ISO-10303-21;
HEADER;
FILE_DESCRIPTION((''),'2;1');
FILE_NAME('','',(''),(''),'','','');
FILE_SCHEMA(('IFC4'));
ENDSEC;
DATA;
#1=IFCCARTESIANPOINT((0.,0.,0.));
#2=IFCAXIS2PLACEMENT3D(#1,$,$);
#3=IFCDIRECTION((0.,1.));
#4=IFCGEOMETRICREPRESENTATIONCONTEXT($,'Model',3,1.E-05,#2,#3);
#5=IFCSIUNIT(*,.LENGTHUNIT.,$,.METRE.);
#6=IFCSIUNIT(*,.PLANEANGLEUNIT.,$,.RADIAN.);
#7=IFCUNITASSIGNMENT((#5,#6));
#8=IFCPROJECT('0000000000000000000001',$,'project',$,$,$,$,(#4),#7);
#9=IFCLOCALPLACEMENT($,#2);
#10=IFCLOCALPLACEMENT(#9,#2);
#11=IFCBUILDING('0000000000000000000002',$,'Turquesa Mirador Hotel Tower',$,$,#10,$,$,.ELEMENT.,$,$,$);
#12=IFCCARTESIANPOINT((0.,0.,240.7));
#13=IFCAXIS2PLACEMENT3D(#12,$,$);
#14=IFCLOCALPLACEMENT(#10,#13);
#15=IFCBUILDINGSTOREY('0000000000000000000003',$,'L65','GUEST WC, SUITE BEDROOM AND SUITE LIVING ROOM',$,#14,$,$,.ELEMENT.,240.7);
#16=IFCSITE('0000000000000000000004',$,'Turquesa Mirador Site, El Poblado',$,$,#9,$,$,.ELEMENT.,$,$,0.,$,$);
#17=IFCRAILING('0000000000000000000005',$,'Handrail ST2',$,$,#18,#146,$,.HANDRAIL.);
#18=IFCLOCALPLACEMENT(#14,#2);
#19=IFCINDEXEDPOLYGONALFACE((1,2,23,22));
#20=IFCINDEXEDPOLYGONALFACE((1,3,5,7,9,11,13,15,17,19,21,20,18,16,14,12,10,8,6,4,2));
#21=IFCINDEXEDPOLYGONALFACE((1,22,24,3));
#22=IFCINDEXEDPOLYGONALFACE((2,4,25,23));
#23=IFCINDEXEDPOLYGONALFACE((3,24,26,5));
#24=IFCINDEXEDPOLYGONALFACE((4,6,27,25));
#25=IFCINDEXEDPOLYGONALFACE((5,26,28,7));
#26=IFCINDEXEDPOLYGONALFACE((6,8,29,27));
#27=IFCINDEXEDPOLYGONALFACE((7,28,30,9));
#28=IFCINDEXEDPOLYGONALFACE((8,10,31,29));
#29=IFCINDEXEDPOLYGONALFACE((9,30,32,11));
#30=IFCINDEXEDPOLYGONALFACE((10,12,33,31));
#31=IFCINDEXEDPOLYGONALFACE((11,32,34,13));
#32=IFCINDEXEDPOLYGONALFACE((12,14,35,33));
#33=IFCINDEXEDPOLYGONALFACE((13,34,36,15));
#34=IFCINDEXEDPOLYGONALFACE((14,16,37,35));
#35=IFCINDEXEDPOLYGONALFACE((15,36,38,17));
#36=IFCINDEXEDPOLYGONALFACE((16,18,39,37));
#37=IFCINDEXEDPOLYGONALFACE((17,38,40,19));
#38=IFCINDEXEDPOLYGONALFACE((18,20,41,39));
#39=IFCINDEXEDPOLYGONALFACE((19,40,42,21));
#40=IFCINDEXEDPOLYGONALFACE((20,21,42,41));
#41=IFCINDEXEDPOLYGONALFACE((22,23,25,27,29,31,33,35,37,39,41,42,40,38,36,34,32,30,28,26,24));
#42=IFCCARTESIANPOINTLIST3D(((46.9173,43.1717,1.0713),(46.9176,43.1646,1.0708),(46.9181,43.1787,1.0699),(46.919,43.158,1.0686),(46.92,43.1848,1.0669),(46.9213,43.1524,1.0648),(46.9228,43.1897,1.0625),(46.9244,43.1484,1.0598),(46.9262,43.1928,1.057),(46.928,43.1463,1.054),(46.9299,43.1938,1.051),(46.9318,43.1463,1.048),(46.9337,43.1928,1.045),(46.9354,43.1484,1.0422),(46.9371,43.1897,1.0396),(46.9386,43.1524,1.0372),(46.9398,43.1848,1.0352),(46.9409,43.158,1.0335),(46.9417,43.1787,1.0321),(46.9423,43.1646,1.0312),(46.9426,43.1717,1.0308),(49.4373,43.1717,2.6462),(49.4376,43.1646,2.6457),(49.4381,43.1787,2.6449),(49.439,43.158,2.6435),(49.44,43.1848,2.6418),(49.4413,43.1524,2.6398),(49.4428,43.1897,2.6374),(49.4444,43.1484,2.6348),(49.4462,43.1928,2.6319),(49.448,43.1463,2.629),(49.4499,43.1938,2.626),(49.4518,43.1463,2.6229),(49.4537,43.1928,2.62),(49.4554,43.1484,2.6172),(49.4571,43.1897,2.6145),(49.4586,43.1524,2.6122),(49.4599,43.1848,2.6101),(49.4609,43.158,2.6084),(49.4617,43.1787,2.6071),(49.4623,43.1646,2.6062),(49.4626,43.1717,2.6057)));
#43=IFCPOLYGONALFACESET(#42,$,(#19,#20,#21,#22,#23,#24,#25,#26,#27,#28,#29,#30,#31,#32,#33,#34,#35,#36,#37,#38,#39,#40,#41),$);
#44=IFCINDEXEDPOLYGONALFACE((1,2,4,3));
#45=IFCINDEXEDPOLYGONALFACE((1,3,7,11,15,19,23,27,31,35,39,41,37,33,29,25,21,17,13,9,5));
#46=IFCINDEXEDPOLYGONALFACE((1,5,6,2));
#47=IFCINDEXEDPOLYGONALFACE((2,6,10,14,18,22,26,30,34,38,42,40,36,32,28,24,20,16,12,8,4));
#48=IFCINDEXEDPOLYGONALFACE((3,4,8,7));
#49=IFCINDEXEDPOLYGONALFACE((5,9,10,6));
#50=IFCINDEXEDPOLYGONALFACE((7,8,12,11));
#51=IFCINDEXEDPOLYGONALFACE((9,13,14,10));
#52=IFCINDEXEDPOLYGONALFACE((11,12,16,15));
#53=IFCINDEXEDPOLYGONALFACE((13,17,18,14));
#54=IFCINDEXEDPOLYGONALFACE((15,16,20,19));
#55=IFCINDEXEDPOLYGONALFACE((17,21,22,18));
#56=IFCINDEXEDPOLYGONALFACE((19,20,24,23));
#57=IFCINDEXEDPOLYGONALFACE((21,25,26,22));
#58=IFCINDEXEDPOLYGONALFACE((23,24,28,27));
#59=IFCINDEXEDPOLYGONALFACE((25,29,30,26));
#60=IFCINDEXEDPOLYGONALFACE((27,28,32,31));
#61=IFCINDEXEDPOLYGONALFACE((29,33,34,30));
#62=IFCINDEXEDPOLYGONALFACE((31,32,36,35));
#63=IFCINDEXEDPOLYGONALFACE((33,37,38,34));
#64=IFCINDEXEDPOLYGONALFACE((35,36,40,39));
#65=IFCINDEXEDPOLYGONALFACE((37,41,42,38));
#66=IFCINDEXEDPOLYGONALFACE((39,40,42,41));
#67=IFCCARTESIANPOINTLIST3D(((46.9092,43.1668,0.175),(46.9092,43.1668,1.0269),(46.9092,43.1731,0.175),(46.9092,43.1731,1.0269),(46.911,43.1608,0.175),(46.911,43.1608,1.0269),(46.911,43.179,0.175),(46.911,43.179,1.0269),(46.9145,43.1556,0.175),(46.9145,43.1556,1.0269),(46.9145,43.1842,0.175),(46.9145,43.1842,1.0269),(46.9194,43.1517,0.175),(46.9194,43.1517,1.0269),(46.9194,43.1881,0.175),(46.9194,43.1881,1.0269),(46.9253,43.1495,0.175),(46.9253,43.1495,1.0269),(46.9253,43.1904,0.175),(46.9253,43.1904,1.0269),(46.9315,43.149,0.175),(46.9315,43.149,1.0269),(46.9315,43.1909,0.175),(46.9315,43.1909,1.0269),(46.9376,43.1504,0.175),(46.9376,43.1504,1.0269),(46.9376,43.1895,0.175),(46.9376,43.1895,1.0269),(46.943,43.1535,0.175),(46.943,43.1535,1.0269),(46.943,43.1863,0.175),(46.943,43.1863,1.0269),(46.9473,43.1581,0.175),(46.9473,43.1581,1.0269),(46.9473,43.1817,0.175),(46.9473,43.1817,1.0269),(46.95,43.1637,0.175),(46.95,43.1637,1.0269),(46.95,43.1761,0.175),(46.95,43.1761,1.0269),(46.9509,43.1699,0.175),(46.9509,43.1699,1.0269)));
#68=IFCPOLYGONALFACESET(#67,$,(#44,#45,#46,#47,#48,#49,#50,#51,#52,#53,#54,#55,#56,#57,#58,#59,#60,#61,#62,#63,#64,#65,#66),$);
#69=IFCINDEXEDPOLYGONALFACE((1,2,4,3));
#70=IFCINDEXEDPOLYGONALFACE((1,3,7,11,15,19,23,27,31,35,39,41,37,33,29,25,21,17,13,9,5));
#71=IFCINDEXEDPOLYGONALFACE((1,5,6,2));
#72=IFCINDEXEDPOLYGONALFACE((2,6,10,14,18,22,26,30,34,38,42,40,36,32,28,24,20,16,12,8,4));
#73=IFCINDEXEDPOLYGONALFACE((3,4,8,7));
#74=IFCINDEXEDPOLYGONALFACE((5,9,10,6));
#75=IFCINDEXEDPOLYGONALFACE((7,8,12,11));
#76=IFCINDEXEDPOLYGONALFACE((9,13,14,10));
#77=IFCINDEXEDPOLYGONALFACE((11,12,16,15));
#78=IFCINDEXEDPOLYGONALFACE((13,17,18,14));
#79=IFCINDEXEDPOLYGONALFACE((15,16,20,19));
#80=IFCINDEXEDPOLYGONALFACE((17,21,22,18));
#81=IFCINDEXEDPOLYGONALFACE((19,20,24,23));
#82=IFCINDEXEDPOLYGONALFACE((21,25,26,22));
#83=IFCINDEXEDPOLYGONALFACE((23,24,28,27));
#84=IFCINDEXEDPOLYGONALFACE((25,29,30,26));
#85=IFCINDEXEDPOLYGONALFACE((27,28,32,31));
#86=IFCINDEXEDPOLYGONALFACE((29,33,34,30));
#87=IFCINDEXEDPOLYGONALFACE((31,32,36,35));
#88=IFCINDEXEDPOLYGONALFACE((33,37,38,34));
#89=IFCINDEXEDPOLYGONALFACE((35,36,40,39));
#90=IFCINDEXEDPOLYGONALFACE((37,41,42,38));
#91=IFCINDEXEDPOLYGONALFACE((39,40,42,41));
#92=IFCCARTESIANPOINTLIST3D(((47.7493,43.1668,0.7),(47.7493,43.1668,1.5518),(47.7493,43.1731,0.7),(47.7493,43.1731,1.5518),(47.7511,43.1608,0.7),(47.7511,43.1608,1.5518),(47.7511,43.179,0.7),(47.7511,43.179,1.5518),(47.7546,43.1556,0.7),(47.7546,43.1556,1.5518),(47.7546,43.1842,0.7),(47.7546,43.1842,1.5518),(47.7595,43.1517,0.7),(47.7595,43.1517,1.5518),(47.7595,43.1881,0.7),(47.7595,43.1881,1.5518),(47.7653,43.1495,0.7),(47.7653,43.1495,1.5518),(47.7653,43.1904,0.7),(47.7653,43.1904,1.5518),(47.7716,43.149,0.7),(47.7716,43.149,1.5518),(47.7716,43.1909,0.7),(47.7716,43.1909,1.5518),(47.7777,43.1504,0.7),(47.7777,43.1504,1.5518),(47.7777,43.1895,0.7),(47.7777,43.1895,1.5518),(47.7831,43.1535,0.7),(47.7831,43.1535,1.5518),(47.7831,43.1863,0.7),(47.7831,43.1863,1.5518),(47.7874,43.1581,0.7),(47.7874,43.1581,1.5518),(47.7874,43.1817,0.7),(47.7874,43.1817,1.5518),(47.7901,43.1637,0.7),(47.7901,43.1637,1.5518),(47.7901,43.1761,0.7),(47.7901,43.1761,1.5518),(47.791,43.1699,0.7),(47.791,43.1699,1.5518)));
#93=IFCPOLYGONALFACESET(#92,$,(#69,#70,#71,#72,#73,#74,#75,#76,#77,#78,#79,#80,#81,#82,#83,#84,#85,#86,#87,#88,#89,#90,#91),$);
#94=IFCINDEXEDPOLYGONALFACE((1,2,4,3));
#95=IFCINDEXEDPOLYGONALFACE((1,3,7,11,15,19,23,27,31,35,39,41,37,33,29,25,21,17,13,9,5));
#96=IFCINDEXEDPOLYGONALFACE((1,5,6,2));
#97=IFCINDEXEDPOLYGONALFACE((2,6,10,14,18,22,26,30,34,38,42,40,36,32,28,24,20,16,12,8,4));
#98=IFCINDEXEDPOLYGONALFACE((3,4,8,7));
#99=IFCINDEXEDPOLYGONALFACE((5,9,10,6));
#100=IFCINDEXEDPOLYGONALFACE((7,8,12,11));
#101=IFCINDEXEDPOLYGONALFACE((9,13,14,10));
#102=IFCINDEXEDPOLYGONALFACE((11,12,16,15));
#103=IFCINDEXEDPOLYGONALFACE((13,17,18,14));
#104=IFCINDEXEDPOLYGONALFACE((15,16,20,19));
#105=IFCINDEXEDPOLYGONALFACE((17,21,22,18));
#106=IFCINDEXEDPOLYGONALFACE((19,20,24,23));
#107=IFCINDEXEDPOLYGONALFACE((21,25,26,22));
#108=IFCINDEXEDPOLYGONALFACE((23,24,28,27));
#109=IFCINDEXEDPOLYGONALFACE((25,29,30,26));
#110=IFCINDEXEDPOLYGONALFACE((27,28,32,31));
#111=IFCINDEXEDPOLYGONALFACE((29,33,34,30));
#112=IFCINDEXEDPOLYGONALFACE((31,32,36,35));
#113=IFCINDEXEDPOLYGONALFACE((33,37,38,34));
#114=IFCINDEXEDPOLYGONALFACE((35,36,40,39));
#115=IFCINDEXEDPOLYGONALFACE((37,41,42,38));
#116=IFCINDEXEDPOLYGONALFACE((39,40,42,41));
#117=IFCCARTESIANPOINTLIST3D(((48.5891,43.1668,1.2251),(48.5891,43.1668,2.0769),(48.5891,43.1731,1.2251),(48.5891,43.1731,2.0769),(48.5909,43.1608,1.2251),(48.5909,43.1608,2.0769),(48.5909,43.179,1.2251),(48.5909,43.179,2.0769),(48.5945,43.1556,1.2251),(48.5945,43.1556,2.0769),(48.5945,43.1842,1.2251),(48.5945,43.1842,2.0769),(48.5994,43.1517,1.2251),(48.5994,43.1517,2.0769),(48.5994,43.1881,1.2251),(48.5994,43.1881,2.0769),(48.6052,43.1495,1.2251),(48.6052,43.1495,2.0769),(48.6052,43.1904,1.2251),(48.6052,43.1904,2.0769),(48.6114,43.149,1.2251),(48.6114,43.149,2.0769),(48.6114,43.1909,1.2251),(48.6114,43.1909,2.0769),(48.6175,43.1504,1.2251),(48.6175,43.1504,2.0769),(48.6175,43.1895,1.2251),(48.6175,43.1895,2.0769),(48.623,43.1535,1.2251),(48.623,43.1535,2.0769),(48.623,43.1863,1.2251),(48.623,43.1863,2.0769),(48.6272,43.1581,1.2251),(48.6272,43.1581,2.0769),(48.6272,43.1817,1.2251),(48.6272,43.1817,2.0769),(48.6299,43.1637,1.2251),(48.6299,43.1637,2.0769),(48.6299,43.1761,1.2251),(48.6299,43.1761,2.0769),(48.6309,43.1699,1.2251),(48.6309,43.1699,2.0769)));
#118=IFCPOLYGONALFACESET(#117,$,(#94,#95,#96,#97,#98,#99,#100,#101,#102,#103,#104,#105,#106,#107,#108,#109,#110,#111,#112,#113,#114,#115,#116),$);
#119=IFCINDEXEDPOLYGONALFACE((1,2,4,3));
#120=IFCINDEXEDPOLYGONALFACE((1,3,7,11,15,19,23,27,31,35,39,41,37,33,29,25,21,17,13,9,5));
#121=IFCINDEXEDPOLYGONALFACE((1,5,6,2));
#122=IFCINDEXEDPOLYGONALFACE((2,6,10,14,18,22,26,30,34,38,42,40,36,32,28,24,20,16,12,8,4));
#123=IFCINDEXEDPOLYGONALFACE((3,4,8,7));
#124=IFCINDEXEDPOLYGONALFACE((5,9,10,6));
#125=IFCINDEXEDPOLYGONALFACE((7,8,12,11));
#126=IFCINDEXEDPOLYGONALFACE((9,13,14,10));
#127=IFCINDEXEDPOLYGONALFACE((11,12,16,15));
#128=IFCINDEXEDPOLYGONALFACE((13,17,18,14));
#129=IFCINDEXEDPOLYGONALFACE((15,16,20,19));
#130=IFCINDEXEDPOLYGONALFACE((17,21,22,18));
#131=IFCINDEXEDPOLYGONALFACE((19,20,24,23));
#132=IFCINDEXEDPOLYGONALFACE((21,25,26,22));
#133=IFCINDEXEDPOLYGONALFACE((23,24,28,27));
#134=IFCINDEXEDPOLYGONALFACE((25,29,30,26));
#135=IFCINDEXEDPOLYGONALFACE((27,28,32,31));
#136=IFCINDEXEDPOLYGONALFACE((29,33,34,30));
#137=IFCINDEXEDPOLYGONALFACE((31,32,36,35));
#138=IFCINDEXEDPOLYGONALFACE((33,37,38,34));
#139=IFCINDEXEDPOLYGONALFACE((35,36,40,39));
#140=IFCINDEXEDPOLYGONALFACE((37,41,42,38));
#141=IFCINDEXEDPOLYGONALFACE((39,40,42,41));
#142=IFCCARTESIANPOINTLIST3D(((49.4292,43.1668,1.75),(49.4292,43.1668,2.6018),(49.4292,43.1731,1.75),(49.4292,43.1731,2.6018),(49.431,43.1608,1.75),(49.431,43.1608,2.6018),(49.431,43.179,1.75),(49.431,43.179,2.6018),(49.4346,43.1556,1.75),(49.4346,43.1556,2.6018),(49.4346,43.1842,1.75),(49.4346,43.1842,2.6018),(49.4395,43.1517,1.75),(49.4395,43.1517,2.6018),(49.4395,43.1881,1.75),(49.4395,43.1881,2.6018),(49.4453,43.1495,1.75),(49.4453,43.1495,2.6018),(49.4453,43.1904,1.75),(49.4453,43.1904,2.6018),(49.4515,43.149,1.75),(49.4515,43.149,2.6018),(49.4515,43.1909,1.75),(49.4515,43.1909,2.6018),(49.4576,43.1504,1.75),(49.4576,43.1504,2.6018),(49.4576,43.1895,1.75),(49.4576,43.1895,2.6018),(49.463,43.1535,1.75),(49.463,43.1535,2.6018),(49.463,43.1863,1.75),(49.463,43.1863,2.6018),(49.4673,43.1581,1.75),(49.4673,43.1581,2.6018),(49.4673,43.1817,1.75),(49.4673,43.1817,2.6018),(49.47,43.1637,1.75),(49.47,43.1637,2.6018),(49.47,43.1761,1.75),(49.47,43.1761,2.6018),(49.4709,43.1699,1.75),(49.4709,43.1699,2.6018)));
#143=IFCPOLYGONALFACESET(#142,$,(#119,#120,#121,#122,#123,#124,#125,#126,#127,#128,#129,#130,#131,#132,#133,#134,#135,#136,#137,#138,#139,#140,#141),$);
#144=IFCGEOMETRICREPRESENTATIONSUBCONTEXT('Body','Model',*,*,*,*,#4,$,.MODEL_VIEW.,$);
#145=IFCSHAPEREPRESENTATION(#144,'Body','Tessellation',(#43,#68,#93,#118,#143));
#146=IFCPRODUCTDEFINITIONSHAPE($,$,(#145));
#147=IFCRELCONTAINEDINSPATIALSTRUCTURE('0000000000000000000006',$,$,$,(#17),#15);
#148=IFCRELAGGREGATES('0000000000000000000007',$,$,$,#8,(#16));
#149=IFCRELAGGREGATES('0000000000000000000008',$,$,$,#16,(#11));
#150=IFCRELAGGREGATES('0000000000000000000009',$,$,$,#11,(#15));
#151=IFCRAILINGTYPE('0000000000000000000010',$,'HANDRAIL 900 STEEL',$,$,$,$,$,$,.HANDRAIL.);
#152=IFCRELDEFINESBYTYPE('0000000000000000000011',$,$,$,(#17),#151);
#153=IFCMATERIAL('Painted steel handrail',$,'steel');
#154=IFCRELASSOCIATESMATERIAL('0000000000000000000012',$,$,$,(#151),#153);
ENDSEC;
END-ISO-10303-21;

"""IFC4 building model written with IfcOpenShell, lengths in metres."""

from ifc_helpers import new_model, si_unit, direction, frame, origin, origin_2d, place, context, subcontext, project, spatial, circle, extrude, material, type_object, element, save


model = new_model("IFC4")

# Units and contexts
model_context = context("Model", 3, precision=1e-05, world=origin(), true_north=direction((0.0, 1.0)))
body_context = subcontext(model_context, "Body", "Model", "MODEL_VIEW")
ifc_project = project(units=[si_unit("LENGTHUNIT", "METRE"), si_unit("PLANEANGLEUNIT", "RADIAN")], contexts=[model_context])

# Site, building, storey
site_placement = place(None, origin())
site = spatial("IfcSite", under=ifc_project, at=site_placement, Name="Turquesa Mirador Site, El Poblado", CompositionType="ELEMENT", RefElevation=0.0)
building_placement = place(site_placement, origin())
building = spatial("IfcBuilding", under=site, at=building_placement, Name="Turquesa Mirador Hotel Tower", CompositionType="ELEMENT")
storey_placement = place(building_placement, frame((0.0, 0.0, 240.7)))
storey = spatial("IfcBuildingStorey", under=building, at=storey_placement, Name="L65", Description="GUEST WC, SUITE BEDROOM AND SUITE LIVING ROOM", CompositionType="ELEMENT", Elevation=240.7)

# Railing
ifc_material_1 = material(Name="Painted steel handrail", Category="steel")
railing_type = type_object("IfcRailingType", Name="HANDRAIL 900 STEEL", PredefinedType="HANDRAIL", material=ifc_material_1)
for number, where, name in (
    (1, (46.9299, 43.1699, 0.175), "Handrail ST2"),
):
    element("IfcRailing", number, at=place(storey_placement, frame(where)), inside=storey, type_object=railing_type, Name=name, PredefinedType="HANDRAIL", context=body_context, shape_type="SweptSolid", body=[
        extrude(circle(Radius=0.0239, at=origin_2d()), frame((0.0, 0.0, 0.876), z_axis=(0.848008, 0.0, 0.529984), x_axis=(0.0, 1.0, 0.0)), (0.0, 0.0, 1.0), 2.9717),
        extrude(circle(Radius=0.021, at=origin_2d()), origin(), (0.0, 0.0, 1.0), 0.8518),
        extrude(circle(Radius=0.021, at=origin_2d()), frame((0.8401, 0.0, 0.5249)), (0.0, 0.0, 1.0), 0.8518),
        extrude(circle(Radius=0.021, at=origin_2d()), frame((1.6799, 0.0, 1.05)), (0.0, 0.0, 1.0), 0.8518),
        extrude(circle(Radius=0.021, at=origin_2d()), frame((2.52, 0.0, 1.575)), (0.0, 0.0, 1.0), 0.8518),
    ])

save(model, "model.ifc")
